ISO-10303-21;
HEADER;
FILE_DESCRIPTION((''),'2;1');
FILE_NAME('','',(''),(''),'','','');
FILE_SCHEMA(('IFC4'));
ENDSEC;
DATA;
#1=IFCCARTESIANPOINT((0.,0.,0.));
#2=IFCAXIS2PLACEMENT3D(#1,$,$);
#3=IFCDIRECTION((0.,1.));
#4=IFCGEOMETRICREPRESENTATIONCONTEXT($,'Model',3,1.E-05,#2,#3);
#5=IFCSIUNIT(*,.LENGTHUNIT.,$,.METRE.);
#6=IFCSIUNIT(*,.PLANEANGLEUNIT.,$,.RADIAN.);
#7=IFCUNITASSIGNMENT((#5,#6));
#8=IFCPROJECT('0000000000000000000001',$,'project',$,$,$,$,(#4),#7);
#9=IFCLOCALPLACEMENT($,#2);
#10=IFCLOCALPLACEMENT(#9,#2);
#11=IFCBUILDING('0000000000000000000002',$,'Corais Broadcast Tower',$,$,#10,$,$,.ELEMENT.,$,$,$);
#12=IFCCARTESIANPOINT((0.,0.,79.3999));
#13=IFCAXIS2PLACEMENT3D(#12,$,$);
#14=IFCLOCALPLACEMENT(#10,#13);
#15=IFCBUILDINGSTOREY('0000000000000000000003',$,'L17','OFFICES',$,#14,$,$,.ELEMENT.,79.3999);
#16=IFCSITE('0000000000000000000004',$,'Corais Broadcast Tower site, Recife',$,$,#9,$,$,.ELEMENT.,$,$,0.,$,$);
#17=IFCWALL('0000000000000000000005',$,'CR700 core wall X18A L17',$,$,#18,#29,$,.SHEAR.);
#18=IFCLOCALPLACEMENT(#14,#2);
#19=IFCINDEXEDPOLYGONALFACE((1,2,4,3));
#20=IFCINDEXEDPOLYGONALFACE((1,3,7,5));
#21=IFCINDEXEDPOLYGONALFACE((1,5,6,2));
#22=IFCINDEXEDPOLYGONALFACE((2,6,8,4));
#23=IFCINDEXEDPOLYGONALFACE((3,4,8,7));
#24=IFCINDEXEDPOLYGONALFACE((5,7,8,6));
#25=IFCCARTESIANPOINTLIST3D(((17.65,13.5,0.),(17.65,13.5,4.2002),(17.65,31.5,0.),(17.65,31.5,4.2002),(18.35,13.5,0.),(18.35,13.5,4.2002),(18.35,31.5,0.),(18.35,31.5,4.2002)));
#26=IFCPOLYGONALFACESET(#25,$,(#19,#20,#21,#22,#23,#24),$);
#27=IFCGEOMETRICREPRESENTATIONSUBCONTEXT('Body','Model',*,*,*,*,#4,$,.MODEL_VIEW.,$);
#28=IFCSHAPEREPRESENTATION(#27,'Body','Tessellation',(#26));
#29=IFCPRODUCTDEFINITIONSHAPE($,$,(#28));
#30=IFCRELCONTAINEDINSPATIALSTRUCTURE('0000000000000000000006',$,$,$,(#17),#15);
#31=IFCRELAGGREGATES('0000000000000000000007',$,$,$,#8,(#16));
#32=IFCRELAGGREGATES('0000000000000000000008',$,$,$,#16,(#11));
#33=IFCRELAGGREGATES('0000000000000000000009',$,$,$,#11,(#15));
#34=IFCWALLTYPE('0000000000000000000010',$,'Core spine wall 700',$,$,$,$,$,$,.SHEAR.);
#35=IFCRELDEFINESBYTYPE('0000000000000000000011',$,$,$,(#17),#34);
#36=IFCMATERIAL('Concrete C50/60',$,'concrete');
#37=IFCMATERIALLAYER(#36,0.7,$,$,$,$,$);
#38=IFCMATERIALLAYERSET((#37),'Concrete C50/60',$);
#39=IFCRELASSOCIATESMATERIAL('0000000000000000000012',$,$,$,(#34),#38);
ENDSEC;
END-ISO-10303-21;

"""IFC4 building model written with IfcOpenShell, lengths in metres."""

from ifc_helpers import new_model, si_unit, direction, frame, frame_2d, origin, place, context, subcontext, project, spatial, rectangle, extrude, material, layer, layer_set, type_object, element, save


model = new_model("IFC4")

# Units and contexts
model_context = context("Model", 3, precision=1e-05, world=origin(), true_north=direction((0.0, 1.0)))
body_context = subcontext(model_context, "Body", "Model", "MODEL_VIEW")
ifc_project = project(units=[si_unit("LENGTHUNIT", "METRE"), si_unit("PLANEANGLEUNIT", "RADIAN")], contexts=[model_context])

# Site, building, storey
site_placement = place(None, origin())
site = spatial("IfcSite", under=ifc_project, at=site_placement, Name="Corais Broadcast Tower site, Recife", CompositionType="ELEMENT", RefElevation=0.0)
building_placement = place(site_placement, origin())
building = spatial("IfcBuilding", under=site, at=building_placement, Name="Corais Broadcast Tower", CompositionType="ELEMENT")
storey_placement = place(building_placement, frame((0.0, 0.0, 79.3999)))
storey = spatial("IfcBuildingStorey", under=building, at=storey_placement, Name="L17", Description="OFFICES", CompositionType="ELEMENT", Elevation=79.3999)

# Wall
ifc_material_1 = material(Name="Concrete C50/60", Category="concrete")
ifc_layer_1 = layer(ifc_material_1, 0.7)
ifc_layer_set_1 = layer_set([ifc_layer_1], Name="Concrete C50/60")
wall_type_1 = type_object("IfcWallType", Name="Core spine wall 700", PredefinedType="SHEAR", material=ifc_layer_set_1)
wall_1_placement = place(storey_placement, frame((18.0, 13.5, 0.0), z_axis=(0.0, 0.0, 1.0), x_axis=(0.0, 1.0, 0.0)))
element("IfcWall", 1, at=wall_1_placement, inside=storey, type_object=wall_type_1, Name="CR700 core wall X18A L17", PredefinedType="SHEAR", context=body_context, shape_type="SweptSolid", body=[
    extrude(rectangle(XDim=18.0, YDim=0.7, at=frame_2d((9.0, 0.0))), origin(), (0.0, 0.0, 1.0), 4.2002),
])

save(model, "model.ifc")
